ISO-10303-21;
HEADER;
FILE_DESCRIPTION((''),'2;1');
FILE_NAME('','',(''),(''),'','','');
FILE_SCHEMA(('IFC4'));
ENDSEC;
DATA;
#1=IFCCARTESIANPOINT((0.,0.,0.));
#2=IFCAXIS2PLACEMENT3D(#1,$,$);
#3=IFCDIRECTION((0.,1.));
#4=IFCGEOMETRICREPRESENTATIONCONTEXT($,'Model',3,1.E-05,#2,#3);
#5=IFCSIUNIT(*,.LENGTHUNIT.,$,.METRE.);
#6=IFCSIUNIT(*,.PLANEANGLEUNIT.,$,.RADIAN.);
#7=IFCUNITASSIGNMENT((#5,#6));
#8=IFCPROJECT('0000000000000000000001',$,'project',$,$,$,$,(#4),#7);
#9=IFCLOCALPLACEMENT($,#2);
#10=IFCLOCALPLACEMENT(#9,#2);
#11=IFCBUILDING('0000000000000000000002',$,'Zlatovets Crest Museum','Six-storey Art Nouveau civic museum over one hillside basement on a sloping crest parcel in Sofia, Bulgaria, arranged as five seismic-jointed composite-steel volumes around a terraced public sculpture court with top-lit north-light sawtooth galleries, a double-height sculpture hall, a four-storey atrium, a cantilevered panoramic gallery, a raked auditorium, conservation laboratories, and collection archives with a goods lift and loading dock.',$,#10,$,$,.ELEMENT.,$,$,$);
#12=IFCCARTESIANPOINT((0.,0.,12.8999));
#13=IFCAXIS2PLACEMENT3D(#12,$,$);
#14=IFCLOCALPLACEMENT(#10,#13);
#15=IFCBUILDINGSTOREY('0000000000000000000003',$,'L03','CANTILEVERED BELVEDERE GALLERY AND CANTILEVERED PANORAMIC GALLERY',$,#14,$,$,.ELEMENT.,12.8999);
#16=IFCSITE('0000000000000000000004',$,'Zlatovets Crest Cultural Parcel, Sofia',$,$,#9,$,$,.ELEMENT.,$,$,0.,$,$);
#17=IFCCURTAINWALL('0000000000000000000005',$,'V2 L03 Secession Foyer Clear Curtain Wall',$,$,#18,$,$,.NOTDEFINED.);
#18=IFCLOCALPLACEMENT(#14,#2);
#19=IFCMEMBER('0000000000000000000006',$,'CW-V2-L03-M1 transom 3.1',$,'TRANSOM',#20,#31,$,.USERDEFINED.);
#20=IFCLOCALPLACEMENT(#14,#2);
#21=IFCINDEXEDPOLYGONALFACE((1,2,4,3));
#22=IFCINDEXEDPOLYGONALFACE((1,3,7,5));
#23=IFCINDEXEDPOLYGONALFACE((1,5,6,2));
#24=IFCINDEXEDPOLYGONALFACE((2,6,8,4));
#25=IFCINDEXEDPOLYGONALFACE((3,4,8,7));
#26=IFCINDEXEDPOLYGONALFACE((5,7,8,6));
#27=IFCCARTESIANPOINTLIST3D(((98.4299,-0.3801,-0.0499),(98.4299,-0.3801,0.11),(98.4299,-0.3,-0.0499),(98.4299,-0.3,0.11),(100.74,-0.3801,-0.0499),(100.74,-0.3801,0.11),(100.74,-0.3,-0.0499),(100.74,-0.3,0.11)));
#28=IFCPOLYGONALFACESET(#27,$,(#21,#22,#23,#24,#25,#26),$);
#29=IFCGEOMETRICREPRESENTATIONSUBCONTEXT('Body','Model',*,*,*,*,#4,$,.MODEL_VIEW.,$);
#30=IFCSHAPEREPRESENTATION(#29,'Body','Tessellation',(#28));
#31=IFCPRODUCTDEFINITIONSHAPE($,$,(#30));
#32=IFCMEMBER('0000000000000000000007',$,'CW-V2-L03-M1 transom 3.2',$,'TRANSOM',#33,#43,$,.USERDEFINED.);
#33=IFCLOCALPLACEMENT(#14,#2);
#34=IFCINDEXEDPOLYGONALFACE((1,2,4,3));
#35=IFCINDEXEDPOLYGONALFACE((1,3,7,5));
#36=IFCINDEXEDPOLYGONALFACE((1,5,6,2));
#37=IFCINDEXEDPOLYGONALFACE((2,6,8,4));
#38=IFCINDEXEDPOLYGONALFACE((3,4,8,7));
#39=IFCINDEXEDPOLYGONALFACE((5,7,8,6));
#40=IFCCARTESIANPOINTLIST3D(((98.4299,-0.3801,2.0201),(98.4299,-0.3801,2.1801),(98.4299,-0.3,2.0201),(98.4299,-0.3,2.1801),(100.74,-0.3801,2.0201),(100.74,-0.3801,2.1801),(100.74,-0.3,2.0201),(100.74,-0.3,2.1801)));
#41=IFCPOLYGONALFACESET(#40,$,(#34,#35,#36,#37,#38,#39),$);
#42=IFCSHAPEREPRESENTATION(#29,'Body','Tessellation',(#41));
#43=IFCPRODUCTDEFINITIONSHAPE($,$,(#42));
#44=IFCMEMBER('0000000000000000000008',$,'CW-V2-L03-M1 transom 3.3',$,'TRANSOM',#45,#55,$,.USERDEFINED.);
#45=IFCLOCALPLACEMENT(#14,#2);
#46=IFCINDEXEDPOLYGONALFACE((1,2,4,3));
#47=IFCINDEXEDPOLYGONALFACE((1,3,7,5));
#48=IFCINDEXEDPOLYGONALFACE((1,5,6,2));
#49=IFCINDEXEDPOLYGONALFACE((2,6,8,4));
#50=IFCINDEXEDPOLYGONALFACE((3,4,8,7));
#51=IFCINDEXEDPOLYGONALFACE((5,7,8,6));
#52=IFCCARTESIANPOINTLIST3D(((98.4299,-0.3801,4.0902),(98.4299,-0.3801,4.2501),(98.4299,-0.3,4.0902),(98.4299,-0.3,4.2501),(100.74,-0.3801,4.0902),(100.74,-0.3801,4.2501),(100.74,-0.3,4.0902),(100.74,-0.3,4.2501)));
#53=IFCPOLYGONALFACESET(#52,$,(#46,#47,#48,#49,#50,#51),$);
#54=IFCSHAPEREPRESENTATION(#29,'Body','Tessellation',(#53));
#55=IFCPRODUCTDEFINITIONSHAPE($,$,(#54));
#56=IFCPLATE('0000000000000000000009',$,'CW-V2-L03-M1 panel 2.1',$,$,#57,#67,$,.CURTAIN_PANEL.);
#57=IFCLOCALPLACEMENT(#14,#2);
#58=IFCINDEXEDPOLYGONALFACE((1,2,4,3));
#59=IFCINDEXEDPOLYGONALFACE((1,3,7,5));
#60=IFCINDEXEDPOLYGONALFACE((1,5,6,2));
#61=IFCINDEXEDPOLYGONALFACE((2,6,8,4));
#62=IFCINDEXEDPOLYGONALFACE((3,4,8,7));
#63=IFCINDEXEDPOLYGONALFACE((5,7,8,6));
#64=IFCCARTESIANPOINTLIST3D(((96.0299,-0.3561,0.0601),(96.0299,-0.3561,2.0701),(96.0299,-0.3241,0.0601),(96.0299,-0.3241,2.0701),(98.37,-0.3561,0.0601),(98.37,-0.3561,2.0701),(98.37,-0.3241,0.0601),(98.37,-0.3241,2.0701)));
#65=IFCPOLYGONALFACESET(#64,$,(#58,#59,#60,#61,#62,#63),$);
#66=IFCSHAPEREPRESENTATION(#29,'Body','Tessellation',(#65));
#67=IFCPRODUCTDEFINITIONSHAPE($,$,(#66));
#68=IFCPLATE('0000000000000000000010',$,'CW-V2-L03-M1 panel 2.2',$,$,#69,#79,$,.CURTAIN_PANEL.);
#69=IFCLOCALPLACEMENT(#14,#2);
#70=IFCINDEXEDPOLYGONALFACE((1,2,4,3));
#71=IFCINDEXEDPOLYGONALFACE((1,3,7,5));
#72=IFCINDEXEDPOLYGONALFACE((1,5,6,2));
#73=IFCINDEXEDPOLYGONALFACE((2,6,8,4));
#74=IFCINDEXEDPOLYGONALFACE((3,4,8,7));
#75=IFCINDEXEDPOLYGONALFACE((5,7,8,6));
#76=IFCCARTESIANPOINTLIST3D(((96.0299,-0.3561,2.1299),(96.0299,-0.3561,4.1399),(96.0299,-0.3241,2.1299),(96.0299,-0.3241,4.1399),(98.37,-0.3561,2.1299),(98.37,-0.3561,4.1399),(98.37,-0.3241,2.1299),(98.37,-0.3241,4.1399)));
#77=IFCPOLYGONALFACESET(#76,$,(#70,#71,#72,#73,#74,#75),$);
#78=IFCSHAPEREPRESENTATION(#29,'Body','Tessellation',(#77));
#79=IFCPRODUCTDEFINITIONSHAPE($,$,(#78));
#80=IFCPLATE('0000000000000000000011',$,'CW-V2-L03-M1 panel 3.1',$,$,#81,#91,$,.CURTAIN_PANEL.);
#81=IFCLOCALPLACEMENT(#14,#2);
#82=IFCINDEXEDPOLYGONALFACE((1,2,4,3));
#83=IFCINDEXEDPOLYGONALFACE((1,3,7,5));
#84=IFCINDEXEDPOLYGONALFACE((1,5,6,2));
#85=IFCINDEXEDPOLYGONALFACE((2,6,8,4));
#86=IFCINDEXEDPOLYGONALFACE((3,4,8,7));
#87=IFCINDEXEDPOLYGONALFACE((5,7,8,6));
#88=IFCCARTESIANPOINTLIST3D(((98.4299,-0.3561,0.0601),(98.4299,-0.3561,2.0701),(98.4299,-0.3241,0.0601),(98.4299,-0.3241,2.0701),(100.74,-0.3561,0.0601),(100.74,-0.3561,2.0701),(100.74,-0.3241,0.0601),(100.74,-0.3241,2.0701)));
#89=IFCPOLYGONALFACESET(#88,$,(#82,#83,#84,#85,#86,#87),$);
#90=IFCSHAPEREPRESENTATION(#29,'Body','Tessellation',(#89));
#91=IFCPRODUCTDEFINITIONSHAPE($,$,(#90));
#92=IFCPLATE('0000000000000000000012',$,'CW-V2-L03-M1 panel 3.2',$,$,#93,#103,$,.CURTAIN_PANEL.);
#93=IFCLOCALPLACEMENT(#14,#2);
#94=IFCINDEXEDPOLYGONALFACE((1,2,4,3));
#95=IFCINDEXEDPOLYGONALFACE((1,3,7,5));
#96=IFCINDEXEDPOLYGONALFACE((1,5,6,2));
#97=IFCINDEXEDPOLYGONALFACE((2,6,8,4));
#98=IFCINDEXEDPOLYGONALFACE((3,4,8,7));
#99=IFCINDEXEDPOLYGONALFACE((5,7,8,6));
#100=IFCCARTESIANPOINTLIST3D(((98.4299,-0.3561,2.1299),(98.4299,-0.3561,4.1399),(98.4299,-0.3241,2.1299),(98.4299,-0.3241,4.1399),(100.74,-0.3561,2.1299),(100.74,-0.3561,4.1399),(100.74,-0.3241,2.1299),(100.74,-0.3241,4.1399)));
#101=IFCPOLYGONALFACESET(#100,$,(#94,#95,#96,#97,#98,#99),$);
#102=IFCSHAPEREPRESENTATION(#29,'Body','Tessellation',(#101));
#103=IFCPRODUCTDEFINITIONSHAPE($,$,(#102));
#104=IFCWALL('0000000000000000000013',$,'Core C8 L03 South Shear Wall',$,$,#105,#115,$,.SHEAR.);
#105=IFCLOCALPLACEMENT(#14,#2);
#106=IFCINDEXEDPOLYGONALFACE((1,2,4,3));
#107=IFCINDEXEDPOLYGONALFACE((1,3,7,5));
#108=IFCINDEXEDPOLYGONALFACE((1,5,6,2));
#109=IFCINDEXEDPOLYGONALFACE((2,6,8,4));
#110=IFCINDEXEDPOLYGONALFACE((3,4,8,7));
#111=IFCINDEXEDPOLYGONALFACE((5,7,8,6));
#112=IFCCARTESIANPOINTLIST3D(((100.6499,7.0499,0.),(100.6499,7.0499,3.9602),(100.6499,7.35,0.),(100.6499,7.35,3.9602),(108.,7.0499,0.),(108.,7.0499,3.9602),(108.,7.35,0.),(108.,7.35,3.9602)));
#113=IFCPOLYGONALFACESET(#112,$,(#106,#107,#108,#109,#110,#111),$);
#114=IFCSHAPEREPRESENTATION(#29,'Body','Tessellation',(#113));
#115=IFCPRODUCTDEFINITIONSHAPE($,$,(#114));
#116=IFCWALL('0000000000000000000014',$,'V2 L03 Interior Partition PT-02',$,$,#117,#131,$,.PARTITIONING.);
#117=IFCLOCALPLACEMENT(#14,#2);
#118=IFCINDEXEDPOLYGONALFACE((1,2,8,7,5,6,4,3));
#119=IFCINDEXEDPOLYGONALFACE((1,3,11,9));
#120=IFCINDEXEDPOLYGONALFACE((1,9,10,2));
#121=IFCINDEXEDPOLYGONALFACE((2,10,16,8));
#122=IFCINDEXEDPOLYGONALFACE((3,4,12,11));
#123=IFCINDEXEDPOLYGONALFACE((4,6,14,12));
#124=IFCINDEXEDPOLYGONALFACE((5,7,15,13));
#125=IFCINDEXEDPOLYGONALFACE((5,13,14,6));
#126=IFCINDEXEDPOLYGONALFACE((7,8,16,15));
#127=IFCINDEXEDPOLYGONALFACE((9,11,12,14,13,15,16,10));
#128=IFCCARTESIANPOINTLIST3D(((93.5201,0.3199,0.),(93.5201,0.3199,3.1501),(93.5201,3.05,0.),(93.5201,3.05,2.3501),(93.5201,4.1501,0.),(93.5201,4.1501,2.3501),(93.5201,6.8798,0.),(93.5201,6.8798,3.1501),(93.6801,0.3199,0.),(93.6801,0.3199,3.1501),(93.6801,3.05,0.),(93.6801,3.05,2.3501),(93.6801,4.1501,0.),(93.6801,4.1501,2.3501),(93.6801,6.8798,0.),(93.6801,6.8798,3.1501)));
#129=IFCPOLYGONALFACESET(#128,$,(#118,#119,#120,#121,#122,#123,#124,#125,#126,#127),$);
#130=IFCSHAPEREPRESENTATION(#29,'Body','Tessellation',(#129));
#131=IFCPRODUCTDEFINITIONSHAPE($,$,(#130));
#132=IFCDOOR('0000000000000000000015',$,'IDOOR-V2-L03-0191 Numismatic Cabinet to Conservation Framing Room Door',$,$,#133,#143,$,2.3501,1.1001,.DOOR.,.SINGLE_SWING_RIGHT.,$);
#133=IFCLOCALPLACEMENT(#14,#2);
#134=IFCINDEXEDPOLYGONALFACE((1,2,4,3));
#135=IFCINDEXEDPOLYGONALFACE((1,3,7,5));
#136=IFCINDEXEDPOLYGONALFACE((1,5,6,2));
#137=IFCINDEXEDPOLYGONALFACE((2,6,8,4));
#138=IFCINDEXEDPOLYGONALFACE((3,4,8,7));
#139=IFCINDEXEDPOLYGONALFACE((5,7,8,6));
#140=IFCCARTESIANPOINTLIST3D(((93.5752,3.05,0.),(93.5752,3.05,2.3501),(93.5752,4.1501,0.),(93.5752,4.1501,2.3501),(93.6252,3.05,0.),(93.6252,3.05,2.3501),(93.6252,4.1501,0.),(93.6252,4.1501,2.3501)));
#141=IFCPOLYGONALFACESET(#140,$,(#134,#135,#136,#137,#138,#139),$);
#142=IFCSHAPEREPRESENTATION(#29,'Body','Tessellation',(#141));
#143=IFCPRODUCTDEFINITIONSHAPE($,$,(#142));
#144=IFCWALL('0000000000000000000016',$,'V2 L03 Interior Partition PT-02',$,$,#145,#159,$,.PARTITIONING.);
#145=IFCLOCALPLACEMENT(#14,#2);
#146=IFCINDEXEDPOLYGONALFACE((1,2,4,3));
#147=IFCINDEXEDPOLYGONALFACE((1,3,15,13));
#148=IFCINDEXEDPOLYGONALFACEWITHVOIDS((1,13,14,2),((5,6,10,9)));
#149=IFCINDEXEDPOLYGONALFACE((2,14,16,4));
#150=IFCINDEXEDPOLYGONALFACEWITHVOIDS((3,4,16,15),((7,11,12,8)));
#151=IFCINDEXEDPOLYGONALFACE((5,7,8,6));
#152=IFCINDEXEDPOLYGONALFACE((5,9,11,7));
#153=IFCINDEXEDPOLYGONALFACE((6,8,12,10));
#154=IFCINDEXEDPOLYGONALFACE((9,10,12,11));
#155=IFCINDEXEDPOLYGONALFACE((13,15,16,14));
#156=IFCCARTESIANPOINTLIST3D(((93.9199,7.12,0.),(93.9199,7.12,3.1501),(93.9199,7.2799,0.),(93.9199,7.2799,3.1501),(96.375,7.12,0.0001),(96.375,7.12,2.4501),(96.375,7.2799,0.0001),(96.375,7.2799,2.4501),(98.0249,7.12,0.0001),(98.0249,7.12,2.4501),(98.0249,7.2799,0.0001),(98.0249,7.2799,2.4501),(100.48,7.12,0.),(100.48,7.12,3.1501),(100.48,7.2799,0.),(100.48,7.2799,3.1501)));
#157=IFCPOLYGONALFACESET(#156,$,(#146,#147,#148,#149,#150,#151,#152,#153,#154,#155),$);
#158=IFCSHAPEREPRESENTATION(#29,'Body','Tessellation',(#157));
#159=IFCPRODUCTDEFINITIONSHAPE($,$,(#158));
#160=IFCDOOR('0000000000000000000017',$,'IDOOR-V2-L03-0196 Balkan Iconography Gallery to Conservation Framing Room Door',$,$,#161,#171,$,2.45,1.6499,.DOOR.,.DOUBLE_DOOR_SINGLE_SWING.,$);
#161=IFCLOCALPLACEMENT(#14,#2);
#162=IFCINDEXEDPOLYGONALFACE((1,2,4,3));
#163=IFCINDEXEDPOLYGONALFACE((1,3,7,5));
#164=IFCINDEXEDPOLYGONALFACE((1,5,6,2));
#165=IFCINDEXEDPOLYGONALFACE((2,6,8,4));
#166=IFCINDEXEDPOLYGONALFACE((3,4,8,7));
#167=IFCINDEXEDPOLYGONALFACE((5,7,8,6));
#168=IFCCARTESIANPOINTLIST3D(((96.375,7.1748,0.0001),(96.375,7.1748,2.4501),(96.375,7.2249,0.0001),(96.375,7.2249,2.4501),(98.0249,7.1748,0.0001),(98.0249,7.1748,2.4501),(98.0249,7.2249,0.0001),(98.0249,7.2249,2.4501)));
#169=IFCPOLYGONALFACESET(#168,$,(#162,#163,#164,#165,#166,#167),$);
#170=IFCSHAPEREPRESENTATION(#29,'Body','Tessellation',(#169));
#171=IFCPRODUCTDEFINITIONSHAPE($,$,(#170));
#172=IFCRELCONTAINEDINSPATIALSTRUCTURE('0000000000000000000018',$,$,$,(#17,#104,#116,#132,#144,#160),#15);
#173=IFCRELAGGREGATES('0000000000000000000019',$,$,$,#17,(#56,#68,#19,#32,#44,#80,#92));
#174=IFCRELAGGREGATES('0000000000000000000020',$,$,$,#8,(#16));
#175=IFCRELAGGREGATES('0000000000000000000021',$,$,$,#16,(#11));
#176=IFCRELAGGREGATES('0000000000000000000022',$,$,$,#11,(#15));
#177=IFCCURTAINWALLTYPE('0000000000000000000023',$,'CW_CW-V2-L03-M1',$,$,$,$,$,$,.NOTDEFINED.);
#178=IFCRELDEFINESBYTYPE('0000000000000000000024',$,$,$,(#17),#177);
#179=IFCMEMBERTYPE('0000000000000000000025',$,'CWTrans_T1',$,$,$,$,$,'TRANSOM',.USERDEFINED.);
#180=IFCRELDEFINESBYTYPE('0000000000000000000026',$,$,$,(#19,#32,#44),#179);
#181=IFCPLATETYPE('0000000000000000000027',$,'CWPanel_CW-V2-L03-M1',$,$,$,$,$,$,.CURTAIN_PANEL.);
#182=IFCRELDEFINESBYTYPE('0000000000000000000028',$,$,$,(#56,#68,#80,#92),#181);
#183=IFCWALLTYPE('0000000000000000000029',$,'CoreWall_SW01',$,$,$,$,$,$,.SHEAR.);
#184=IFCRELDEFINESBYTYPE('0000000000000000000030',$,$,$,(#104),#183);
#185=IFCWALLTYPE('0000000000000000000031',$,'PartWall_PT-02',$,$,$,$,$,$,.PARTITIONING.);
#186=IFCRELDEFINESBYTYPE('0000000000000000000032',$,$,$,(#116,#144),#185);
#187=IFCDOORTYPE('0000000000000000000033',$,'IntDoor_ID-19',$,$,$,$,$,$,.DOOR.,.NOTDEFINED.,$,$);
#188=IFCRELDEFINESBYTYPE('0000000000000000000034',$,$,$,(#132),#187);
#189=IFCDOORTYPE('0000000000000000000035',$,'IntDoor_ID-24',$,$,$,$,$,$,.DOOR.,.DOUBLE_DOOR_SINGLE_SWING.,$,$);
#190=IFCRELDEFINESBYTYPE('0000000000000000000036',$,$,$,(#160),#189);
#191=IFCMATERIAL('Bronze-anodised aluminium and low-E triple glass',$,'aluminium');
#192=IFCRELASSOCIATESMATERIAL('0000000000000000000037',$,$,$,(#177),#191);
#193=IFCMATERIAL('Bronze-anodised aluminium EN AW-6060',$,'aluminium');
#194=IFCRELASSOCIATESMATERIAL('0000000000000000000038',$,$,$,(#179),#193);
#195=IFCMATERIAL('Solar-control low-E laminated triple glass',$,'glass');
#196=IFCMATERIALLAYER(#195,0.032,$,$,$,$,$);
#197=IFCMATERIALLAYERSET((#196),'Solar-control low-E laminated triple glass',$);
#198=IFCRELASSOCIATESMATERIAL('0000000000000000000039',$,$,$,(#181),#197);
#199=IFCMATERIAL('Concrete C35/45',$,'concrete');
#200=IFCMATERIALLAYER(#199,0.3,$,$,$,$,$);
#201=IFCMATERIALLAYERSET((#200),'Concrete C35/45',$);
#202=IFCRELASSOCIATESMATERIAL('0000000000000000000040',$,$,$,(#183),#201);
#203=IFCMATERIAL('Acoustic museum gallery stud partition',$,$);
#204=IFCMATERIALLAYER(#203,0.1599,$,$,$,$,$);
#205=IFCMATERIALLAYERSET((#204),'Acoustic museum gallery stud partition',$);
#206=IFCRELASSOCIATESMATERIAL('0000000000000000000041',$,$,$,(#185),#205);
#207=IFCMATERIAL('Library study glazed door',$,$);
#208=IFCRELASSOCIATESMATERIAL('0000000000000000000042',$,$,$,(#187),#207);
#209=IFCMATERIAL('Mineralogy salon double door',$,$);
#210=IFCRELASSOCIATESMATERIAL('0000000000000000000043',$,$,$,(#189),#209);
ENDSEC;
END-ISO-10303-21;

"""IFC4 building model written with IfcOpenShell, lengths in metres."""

from ifc_helpers import new_model, si_unit, direction, frame, frame_2d, origin, origin_2d, place, context, subcontext, project, spatial, rectangle, extrude, material, layer, layer_set, material_profile, profile_set, type_object, element, fill, aggregate, save


model = new_model("IFC4")

# Units and contexts
model_context = context("Model", 3, precision=1e-05, world=origin(), true_north=direction((0.0, 1.0)))
body_context = subcontext(model_context, "Body", "Model", "MODEL_VIEW")
ifc_project = project(units=[si_unit("LENGTHUNIT", "METRE"), si_unit("PLANEANGLEUNIT", "RADIAN")], contexts=[model_context])

# Site, building, storey
site_placement = place(None, origin())
site = spatial("IfcSite", under=ifc_project, at=site_placement, Name="Zlatovets Crest Cultural Parcel, Sofia", CompositionType="ELEMENT", RefElevation=0.0)
building_placement = place(site_placement, origin())
building = spatial("IfcBuilding", under=site, at=building_placement, Name="Zlatovets Crest Museum", Description="Six-storey Art Nouveau civic museum over one hillside basement on a sloping crest parcel in Sofia, Bulgaria, arranged as five seismic-jointed composite-steel volumes around a terraced public sculpture court with top-lit north-light sawtooth galleries, a double-height sculpture hall, a four-storey atrium, a cantilevered panoramic gallery, a raked auditorium, conservation laboratories, and collection archives with a goods lift and loading dock.", CompositionType="ELEMENT")
storey_placement = place(building_placement, frame((0.0, 0.0, 12.8999)))
storey = spatial("IfcBuildingStorey", under=building, at=storey_placement, Name="L03", Description="CANTILEVERED BELVEDERE GALLERY AND CANTILEVERED PANORAMIC GALLERY", CompositionType="ELEMENT", Elevation=12.8999)

# Curtain wall, members, plates
ifc_material_1 = material(Name="Bronze-anodised aluminium and low-E triple glass", Category="aluminium")
curtain_wall_type = type_object("IfcCurtainWallType", Name="CW_CW-V2-L03-M1", PredefinedType="NOTDEFINED", material=ifc_material_1)
curtain_wall_placement = place(storey_placement, origin())
curtain_wall = element("IfcCurtainWall", 1, at=curtain_wall_placement, inside=storey, type_object=curtain_wall_type, Name="V2 L03 Secession Foyer Clear Curtain Wall", PredefinedType="NOTDEFINED")
ifc_material_2 = material(Name="Bronze-anodised aluminium EN AW-6060", Category="aluminium")
ifc_material_profile_1 = material_profile(ifc_material_2, rectangle(XDim=0.0801, YDim=0.1599, at=origin_2d()), Name="ALU 80x160")
ifc_profile_set_1 = profile_set([ifc_material_profile_1], Name="Bronze-anodised aluminium EN AW-6060")
member_type_1 = type_object("IfcMemberType", Name="CWTrans_T1", ElementType="TRANSOM", PredefinedType="USERDEFINED", material=ifc_profile_set_1)
member_1_placement = place(storey_placement, frame((98.4299, -0.3401, 0.03), z_axis=(1.0, 0.0, 0.0), x_axis=(0.0, 1.0, 0.0)))
member_1 = element("IfcMember", 2, at=member_1_placement, type_object=member_type_1, Name="CW-V2-L03-M1 transom 3.1", ObjectType="TRANSOM", PredefinedType="USERDEFINED", context=body_context, shape_type="SweptSolid", body=[
    extrude(rectangle(XDim=0.0801, YDim=0.1599, at=origin_2d()), origin(), (0.0, 0.0, 1.0), 2.3101),
])
member_2_placement = place(storey_placement, frame((98.4299, -0.3401, 2.1001), z_axis=(1.0, 0.0, 0.0), x_axis=(0.0, 1.0, 0.0)))
member_2 = element("IfcMember", 3, at=member_2_placement, type_object=member_type_1, Name="CW-V2-L03-M1 transom 3.2", ObjectType="TRANSOM", PredefinedType="USERDEFINED", context=body_context, shape_type="SweptSolid", body=[
    extrude(rectangle(XDim=0.0801, YDim=0.1599, at=origin_2d()), origin(), (0.0, 0.0, 1.0), 2.3101),
])
member_3_placement = place(storey_placement, frame((98.4299, -0.3401, 4.1702), z_axis=(1.0, 0.0, 0.0), x_axis=(0.0, 1.0, 0.0)))
member_3 = element("IfcMember", 4, at=member_3_placement, type_object=member_type_1, Name="CW-V2-L03-M1 transom 3.3", ObjectType="TRANSOM", PredefinedType="USERDEFINED", context=body_context, shape_type="SweptSolid", body=[
    extrude(rectangle(XDim=0.0801, YDim=0.1599, at=origin_2d()), origin(), (0.0, 0.0, 1.0), 2.3101),
])
ifc_material_3 = material(Name="Solar-control low-E laminated triple glass", Category="glass")
ifc_layer_1 = layer(ifc_material_3, 0.032)
ifc_layer_set_1 = layer_set([ifc_layer_1], Name="Solar-control low-E laminated triple glass")
plate_type = type_object("IfcPlateType", Name="CWPanel_CW-V2-L03-M1", PredefinedType="CURTAIN_PANEL", material=ifc_layer_set_1)
plate_1_placement = place(storey_placement, frame((97.2, -0.3401, 0.0601), z_axis=(0.0, 0.0, 1.0), x_axis=(1.0, 0.0, 0.0)))
plate_1 = element("IfcPlate", 5, at=plate_1_placement, type_object=plate_type, Name="CW-V2-L03-M1 panel 2.1", PredefinedType="CURTAIN_PANEL", context=body_context, shape_type="SweptSolid", body=[
    extrude(rectangle(XDim=2.3401, YDim=0.032, at=origin_2d()), origin(), (0.0, 0.0, 1.0), 2.01),
])
plate_2_placement = place(storey_placement, frame((97.2, -0.3401, 2.1299), z_axis=(0.0, 0.0, 1.0), x_axis=(1.0, 0.0, 0.0)))
plate_2 = element("IfcPlate", 6, at=plate_2_placement, type_object=plate_type, Name="CW-V2-L03-M1 panel 2.2", PredefinedType="CURTAIN_PANEL", context=body_context, shape_type="SweptSolid", body=[
    extrude(rectangle(XDim=2.3401, YDim=0.032, at=origin_2d()), origin(), (0.0, 0.0, 1.0), 2.01),
])
plate_3_placement = place(storey_placement, frame((99.585, -0.3401, 0.0601), z_axis=(0.0, 0.0, 1.0), x_axis=(1.0, 0.0, 0.0)))
plate_3 = element("IfcPlate", 7, at=plate_3_placement, type_object=plate_type, Name="CW-V2-L03-M1 panel 3.1", PredefinedType="CURTAIN_PANEL", context=body_context, shape_type="SweptSolid", body=[
    extrude(rectangle(XDim=2.3101, YDim=0.032, at=origin_2d()), origin(), (0.0, 0.0, 1.0), 2.01),
])
plate_4_placement = place(storey_placement, frame((99.585, -0.3401, 2.1299), z_axis=(0.0, 0.0, 1.0), x_axis=(1.0, 0.0, 0.0)))
plate_4 = element("IfcPlate", 8, at=plate_4_placement, type_object=plate_type, Name="CW-V2-L03-M1 panel 3.2", PredefinedType="CURTAIN_PANEL", context=body_context, shape_type="SweptSolid", body=[
    extrude(rectangle(XDim=2.3101, YDim=0.032, at=origin_2d()), origin(), (0.0, 0.0, 1.0), 2.01),
])
aggregate(curtain_wall, [plate_1, plate_2, member_1, member_2, member_3, plate_3, plate_4])

# Wall
ifc_material_4 = material(Name="Concrete C35/45", Category="concrete")
ifc_layer_2 = layer(ifc_material_4, 0.3)
ifc_layer_set_2 = layer_set([ifc_layer_2], Name="Concrete C35/45")
wall_type_1 = type_object("IfcWallType", Name="CoreWall_SW01", PredefinedType="SHEAR", material=ifc_layer_set_2)
wall_1_placement = place(storey_placement, frame((100.6499, 7.2, 0.0), z_axis=(0.0, 0.0, 1.0), x_axis=(1.0, 0.0, 0.0)))
element("IfcWall", 9, at=wall_1_placement, inside=storey, type_object=wall_type_1, Name="Core C8 L03 South Shear Wall", PredefinedType="SHEAR", context=body_context, shape_type="SweptSolid", body=[
    extrude(rectangle(XDim=7.3501, YDim=0.3, at=frame_2d((3.675, 0.0))), origin(), (0.0, 0.0, 1.0), 3.9602),
])

# Walls, openings, doors
ifc_material_5 = material(Name="Acoustic museum gallery stud partition")
ifc_layer_3 = layer(ifc_material_5, 0.1599)
ifc_layer_set_3 = layer_set([ifc_layer_3], Name="Acoustic museum gallery stud partition")
wall_type_2 = type_object("IfcWallType", Name="PartWall_PT-02", PredefinedType="PARTITIONING", material=ifc_layer_set_3)
wall_2_placement = place(storey_placement, frame((93.6001, 0.3201, 0.0), z_axis=(0.0, 0.0, 1.0), x_axis=(0.0, 1.0, 0.0)))
wall_2 = element("IfcWall", 10, at=wall_2_placement, inside=storey, type_object=wall_type_2, Name="V2 L03 Interior Partition PT-02", PredefinedType="PARTITIONING", context=body_context, shape_type="SweptSolid", body=[
    extrude(rectangle(XDim=6.5598, YDim=0.1599, at=frame_2d((3.2798, 0.0))), origin(), (0.0, 0.0, 1.0), 3.1501),
])
opening_1_placement = place(wall_2_placement, frame((2.73, 0.0, 0.0)))
opening_1 = element("IfcOpeningElement", 11, at=opening_1_placement, cuts=wall_2, PredefinedType="OPENING", context=body_context, shape_type="SweptSolid", body=[
    extrude(rectangle(XDim=1.1001, YDim=2.3501, at=frame_2d((0.55, 1.175))), frame((0.0, 0.0898, 0.0), z_axis=(0.0, -1.0, 0.0), x_axis=(1.0, 0.0, 0.0)), (0.0, 0.0, 1.0), 0.1799),
])
ifc_material_6 = material(Name="Library study glazed door")
door_type_1 = type_object("IfcDoorType", Name="IntDoor_ID-19", OperationType="NOTDEFINED", PredefinedType="DOOR", material=ifc_material_6)
door_1_placement = place(opening_1_placement, origin())
door_1 = element("IfcDoor", 12, at=door_1_placement, inside=storey, type_object=door_type_1, Name="IDOOR-V2-L03-0191 Numismatic Cabinet to Conservation Framing Room Door", OperationType="SINGLE_SWING_RIGHT", OverallHeight=2.3501, OverallWidth=1.1001, PredefinedType="DOOR", context=body_context, shape_type="SweptSolid", body=[
    extrude(rectangle(XDim=1.1001, YDim=2.3501, at=frame_2d((0.55, 1.175))), frame((0.0, 0.0249, 0.0), z_axis=(0.0, -1.0, 0.0), x_axis=(1.0, 0.0, 0.0)), (0.0, 0.0, 1.0), 0.05),
])
fill(opening_1, door_1)
wall_3_placement = place(storey_placement, frame((93.9199, 7.2, 0.0), z_axis=(0.0, 0.0, 1.0), x_axis=(1.0, 0.0, 0.0)))
wall_3 = element("IfcWall", 13, at=wall_3_placement, inside=storey, type_object=wall_type_2, Name="V2 L03 Interior Partition PT-02", PredefinedType="PARTITIONING", context=body_context, shape_type="SweptSolid", body=[
    extrude(rectangle(XDim=6.5601, YDim=0.1599, at=frame_2d((3.28, 0.0))), origin(), (0.0, 0.0, 1.0), 3.1501),
])
opening_2_placement = place(wall_3_placement, frame((2.4551, 0.0, 0.0)))
opening_2 = element("IfcOpeningElement", 14, at=opening_2_placement, cuts=wall_3, PredefinedType="OPENING", context=body_context, shape_type="SweptSolid", body=[
    extrude(rectangle(XDim=1.6499, YDim=2.45, at=frame_2d((0.825, 1.2251))), frame((0.0, 0.0898, 0.0), z_axis=(0.0, -1.0, 0.0), x_axis=(1.0, 0.0, 0.0)), (0.0, 0.0, 1.0), 0.1799),
])
ifc_material_7 = material(Name="Mineralogy salon double door")
door_type_2 = type_object("IfcDoorType", Name="IntDoor_ID-24", OperationType="DOUBLE_DOOR_SINGLE_SWING", PredefinedType="DOOR", material=ifc_material_7)
door_2_placement = place(opening_2_placement, origin())
door_2 = element("IfcDoor", 15, at=door_2_placement, inside=storey, type_object=door_type_2, Name="IDOOR-V2-L03-0196 Balkan Iconography Gallery to Conservation Framing Room Door", OperationType="DOUBLE_DOOR_SINGLE_SWING", OverallHeight=2.45, OverallWidth=1.6499, PredefinedType="DOOR", context=body_context, shape_type="SweptSolid", body=[
    extrude(rectangle(XDim=1.6499, YDim=2.45, at=frame_2d((0.825, 1.2251))), frame((0.0, 0.0249, 0.0), z_axis=(0.0, -1.0, 0.0), x_axis=(1.0, 0.0, 0.0)), (0.0, 0.0, 1.0), 0.05),
])
fill(opening_2, door_2)

save(model, "model.ifc")
